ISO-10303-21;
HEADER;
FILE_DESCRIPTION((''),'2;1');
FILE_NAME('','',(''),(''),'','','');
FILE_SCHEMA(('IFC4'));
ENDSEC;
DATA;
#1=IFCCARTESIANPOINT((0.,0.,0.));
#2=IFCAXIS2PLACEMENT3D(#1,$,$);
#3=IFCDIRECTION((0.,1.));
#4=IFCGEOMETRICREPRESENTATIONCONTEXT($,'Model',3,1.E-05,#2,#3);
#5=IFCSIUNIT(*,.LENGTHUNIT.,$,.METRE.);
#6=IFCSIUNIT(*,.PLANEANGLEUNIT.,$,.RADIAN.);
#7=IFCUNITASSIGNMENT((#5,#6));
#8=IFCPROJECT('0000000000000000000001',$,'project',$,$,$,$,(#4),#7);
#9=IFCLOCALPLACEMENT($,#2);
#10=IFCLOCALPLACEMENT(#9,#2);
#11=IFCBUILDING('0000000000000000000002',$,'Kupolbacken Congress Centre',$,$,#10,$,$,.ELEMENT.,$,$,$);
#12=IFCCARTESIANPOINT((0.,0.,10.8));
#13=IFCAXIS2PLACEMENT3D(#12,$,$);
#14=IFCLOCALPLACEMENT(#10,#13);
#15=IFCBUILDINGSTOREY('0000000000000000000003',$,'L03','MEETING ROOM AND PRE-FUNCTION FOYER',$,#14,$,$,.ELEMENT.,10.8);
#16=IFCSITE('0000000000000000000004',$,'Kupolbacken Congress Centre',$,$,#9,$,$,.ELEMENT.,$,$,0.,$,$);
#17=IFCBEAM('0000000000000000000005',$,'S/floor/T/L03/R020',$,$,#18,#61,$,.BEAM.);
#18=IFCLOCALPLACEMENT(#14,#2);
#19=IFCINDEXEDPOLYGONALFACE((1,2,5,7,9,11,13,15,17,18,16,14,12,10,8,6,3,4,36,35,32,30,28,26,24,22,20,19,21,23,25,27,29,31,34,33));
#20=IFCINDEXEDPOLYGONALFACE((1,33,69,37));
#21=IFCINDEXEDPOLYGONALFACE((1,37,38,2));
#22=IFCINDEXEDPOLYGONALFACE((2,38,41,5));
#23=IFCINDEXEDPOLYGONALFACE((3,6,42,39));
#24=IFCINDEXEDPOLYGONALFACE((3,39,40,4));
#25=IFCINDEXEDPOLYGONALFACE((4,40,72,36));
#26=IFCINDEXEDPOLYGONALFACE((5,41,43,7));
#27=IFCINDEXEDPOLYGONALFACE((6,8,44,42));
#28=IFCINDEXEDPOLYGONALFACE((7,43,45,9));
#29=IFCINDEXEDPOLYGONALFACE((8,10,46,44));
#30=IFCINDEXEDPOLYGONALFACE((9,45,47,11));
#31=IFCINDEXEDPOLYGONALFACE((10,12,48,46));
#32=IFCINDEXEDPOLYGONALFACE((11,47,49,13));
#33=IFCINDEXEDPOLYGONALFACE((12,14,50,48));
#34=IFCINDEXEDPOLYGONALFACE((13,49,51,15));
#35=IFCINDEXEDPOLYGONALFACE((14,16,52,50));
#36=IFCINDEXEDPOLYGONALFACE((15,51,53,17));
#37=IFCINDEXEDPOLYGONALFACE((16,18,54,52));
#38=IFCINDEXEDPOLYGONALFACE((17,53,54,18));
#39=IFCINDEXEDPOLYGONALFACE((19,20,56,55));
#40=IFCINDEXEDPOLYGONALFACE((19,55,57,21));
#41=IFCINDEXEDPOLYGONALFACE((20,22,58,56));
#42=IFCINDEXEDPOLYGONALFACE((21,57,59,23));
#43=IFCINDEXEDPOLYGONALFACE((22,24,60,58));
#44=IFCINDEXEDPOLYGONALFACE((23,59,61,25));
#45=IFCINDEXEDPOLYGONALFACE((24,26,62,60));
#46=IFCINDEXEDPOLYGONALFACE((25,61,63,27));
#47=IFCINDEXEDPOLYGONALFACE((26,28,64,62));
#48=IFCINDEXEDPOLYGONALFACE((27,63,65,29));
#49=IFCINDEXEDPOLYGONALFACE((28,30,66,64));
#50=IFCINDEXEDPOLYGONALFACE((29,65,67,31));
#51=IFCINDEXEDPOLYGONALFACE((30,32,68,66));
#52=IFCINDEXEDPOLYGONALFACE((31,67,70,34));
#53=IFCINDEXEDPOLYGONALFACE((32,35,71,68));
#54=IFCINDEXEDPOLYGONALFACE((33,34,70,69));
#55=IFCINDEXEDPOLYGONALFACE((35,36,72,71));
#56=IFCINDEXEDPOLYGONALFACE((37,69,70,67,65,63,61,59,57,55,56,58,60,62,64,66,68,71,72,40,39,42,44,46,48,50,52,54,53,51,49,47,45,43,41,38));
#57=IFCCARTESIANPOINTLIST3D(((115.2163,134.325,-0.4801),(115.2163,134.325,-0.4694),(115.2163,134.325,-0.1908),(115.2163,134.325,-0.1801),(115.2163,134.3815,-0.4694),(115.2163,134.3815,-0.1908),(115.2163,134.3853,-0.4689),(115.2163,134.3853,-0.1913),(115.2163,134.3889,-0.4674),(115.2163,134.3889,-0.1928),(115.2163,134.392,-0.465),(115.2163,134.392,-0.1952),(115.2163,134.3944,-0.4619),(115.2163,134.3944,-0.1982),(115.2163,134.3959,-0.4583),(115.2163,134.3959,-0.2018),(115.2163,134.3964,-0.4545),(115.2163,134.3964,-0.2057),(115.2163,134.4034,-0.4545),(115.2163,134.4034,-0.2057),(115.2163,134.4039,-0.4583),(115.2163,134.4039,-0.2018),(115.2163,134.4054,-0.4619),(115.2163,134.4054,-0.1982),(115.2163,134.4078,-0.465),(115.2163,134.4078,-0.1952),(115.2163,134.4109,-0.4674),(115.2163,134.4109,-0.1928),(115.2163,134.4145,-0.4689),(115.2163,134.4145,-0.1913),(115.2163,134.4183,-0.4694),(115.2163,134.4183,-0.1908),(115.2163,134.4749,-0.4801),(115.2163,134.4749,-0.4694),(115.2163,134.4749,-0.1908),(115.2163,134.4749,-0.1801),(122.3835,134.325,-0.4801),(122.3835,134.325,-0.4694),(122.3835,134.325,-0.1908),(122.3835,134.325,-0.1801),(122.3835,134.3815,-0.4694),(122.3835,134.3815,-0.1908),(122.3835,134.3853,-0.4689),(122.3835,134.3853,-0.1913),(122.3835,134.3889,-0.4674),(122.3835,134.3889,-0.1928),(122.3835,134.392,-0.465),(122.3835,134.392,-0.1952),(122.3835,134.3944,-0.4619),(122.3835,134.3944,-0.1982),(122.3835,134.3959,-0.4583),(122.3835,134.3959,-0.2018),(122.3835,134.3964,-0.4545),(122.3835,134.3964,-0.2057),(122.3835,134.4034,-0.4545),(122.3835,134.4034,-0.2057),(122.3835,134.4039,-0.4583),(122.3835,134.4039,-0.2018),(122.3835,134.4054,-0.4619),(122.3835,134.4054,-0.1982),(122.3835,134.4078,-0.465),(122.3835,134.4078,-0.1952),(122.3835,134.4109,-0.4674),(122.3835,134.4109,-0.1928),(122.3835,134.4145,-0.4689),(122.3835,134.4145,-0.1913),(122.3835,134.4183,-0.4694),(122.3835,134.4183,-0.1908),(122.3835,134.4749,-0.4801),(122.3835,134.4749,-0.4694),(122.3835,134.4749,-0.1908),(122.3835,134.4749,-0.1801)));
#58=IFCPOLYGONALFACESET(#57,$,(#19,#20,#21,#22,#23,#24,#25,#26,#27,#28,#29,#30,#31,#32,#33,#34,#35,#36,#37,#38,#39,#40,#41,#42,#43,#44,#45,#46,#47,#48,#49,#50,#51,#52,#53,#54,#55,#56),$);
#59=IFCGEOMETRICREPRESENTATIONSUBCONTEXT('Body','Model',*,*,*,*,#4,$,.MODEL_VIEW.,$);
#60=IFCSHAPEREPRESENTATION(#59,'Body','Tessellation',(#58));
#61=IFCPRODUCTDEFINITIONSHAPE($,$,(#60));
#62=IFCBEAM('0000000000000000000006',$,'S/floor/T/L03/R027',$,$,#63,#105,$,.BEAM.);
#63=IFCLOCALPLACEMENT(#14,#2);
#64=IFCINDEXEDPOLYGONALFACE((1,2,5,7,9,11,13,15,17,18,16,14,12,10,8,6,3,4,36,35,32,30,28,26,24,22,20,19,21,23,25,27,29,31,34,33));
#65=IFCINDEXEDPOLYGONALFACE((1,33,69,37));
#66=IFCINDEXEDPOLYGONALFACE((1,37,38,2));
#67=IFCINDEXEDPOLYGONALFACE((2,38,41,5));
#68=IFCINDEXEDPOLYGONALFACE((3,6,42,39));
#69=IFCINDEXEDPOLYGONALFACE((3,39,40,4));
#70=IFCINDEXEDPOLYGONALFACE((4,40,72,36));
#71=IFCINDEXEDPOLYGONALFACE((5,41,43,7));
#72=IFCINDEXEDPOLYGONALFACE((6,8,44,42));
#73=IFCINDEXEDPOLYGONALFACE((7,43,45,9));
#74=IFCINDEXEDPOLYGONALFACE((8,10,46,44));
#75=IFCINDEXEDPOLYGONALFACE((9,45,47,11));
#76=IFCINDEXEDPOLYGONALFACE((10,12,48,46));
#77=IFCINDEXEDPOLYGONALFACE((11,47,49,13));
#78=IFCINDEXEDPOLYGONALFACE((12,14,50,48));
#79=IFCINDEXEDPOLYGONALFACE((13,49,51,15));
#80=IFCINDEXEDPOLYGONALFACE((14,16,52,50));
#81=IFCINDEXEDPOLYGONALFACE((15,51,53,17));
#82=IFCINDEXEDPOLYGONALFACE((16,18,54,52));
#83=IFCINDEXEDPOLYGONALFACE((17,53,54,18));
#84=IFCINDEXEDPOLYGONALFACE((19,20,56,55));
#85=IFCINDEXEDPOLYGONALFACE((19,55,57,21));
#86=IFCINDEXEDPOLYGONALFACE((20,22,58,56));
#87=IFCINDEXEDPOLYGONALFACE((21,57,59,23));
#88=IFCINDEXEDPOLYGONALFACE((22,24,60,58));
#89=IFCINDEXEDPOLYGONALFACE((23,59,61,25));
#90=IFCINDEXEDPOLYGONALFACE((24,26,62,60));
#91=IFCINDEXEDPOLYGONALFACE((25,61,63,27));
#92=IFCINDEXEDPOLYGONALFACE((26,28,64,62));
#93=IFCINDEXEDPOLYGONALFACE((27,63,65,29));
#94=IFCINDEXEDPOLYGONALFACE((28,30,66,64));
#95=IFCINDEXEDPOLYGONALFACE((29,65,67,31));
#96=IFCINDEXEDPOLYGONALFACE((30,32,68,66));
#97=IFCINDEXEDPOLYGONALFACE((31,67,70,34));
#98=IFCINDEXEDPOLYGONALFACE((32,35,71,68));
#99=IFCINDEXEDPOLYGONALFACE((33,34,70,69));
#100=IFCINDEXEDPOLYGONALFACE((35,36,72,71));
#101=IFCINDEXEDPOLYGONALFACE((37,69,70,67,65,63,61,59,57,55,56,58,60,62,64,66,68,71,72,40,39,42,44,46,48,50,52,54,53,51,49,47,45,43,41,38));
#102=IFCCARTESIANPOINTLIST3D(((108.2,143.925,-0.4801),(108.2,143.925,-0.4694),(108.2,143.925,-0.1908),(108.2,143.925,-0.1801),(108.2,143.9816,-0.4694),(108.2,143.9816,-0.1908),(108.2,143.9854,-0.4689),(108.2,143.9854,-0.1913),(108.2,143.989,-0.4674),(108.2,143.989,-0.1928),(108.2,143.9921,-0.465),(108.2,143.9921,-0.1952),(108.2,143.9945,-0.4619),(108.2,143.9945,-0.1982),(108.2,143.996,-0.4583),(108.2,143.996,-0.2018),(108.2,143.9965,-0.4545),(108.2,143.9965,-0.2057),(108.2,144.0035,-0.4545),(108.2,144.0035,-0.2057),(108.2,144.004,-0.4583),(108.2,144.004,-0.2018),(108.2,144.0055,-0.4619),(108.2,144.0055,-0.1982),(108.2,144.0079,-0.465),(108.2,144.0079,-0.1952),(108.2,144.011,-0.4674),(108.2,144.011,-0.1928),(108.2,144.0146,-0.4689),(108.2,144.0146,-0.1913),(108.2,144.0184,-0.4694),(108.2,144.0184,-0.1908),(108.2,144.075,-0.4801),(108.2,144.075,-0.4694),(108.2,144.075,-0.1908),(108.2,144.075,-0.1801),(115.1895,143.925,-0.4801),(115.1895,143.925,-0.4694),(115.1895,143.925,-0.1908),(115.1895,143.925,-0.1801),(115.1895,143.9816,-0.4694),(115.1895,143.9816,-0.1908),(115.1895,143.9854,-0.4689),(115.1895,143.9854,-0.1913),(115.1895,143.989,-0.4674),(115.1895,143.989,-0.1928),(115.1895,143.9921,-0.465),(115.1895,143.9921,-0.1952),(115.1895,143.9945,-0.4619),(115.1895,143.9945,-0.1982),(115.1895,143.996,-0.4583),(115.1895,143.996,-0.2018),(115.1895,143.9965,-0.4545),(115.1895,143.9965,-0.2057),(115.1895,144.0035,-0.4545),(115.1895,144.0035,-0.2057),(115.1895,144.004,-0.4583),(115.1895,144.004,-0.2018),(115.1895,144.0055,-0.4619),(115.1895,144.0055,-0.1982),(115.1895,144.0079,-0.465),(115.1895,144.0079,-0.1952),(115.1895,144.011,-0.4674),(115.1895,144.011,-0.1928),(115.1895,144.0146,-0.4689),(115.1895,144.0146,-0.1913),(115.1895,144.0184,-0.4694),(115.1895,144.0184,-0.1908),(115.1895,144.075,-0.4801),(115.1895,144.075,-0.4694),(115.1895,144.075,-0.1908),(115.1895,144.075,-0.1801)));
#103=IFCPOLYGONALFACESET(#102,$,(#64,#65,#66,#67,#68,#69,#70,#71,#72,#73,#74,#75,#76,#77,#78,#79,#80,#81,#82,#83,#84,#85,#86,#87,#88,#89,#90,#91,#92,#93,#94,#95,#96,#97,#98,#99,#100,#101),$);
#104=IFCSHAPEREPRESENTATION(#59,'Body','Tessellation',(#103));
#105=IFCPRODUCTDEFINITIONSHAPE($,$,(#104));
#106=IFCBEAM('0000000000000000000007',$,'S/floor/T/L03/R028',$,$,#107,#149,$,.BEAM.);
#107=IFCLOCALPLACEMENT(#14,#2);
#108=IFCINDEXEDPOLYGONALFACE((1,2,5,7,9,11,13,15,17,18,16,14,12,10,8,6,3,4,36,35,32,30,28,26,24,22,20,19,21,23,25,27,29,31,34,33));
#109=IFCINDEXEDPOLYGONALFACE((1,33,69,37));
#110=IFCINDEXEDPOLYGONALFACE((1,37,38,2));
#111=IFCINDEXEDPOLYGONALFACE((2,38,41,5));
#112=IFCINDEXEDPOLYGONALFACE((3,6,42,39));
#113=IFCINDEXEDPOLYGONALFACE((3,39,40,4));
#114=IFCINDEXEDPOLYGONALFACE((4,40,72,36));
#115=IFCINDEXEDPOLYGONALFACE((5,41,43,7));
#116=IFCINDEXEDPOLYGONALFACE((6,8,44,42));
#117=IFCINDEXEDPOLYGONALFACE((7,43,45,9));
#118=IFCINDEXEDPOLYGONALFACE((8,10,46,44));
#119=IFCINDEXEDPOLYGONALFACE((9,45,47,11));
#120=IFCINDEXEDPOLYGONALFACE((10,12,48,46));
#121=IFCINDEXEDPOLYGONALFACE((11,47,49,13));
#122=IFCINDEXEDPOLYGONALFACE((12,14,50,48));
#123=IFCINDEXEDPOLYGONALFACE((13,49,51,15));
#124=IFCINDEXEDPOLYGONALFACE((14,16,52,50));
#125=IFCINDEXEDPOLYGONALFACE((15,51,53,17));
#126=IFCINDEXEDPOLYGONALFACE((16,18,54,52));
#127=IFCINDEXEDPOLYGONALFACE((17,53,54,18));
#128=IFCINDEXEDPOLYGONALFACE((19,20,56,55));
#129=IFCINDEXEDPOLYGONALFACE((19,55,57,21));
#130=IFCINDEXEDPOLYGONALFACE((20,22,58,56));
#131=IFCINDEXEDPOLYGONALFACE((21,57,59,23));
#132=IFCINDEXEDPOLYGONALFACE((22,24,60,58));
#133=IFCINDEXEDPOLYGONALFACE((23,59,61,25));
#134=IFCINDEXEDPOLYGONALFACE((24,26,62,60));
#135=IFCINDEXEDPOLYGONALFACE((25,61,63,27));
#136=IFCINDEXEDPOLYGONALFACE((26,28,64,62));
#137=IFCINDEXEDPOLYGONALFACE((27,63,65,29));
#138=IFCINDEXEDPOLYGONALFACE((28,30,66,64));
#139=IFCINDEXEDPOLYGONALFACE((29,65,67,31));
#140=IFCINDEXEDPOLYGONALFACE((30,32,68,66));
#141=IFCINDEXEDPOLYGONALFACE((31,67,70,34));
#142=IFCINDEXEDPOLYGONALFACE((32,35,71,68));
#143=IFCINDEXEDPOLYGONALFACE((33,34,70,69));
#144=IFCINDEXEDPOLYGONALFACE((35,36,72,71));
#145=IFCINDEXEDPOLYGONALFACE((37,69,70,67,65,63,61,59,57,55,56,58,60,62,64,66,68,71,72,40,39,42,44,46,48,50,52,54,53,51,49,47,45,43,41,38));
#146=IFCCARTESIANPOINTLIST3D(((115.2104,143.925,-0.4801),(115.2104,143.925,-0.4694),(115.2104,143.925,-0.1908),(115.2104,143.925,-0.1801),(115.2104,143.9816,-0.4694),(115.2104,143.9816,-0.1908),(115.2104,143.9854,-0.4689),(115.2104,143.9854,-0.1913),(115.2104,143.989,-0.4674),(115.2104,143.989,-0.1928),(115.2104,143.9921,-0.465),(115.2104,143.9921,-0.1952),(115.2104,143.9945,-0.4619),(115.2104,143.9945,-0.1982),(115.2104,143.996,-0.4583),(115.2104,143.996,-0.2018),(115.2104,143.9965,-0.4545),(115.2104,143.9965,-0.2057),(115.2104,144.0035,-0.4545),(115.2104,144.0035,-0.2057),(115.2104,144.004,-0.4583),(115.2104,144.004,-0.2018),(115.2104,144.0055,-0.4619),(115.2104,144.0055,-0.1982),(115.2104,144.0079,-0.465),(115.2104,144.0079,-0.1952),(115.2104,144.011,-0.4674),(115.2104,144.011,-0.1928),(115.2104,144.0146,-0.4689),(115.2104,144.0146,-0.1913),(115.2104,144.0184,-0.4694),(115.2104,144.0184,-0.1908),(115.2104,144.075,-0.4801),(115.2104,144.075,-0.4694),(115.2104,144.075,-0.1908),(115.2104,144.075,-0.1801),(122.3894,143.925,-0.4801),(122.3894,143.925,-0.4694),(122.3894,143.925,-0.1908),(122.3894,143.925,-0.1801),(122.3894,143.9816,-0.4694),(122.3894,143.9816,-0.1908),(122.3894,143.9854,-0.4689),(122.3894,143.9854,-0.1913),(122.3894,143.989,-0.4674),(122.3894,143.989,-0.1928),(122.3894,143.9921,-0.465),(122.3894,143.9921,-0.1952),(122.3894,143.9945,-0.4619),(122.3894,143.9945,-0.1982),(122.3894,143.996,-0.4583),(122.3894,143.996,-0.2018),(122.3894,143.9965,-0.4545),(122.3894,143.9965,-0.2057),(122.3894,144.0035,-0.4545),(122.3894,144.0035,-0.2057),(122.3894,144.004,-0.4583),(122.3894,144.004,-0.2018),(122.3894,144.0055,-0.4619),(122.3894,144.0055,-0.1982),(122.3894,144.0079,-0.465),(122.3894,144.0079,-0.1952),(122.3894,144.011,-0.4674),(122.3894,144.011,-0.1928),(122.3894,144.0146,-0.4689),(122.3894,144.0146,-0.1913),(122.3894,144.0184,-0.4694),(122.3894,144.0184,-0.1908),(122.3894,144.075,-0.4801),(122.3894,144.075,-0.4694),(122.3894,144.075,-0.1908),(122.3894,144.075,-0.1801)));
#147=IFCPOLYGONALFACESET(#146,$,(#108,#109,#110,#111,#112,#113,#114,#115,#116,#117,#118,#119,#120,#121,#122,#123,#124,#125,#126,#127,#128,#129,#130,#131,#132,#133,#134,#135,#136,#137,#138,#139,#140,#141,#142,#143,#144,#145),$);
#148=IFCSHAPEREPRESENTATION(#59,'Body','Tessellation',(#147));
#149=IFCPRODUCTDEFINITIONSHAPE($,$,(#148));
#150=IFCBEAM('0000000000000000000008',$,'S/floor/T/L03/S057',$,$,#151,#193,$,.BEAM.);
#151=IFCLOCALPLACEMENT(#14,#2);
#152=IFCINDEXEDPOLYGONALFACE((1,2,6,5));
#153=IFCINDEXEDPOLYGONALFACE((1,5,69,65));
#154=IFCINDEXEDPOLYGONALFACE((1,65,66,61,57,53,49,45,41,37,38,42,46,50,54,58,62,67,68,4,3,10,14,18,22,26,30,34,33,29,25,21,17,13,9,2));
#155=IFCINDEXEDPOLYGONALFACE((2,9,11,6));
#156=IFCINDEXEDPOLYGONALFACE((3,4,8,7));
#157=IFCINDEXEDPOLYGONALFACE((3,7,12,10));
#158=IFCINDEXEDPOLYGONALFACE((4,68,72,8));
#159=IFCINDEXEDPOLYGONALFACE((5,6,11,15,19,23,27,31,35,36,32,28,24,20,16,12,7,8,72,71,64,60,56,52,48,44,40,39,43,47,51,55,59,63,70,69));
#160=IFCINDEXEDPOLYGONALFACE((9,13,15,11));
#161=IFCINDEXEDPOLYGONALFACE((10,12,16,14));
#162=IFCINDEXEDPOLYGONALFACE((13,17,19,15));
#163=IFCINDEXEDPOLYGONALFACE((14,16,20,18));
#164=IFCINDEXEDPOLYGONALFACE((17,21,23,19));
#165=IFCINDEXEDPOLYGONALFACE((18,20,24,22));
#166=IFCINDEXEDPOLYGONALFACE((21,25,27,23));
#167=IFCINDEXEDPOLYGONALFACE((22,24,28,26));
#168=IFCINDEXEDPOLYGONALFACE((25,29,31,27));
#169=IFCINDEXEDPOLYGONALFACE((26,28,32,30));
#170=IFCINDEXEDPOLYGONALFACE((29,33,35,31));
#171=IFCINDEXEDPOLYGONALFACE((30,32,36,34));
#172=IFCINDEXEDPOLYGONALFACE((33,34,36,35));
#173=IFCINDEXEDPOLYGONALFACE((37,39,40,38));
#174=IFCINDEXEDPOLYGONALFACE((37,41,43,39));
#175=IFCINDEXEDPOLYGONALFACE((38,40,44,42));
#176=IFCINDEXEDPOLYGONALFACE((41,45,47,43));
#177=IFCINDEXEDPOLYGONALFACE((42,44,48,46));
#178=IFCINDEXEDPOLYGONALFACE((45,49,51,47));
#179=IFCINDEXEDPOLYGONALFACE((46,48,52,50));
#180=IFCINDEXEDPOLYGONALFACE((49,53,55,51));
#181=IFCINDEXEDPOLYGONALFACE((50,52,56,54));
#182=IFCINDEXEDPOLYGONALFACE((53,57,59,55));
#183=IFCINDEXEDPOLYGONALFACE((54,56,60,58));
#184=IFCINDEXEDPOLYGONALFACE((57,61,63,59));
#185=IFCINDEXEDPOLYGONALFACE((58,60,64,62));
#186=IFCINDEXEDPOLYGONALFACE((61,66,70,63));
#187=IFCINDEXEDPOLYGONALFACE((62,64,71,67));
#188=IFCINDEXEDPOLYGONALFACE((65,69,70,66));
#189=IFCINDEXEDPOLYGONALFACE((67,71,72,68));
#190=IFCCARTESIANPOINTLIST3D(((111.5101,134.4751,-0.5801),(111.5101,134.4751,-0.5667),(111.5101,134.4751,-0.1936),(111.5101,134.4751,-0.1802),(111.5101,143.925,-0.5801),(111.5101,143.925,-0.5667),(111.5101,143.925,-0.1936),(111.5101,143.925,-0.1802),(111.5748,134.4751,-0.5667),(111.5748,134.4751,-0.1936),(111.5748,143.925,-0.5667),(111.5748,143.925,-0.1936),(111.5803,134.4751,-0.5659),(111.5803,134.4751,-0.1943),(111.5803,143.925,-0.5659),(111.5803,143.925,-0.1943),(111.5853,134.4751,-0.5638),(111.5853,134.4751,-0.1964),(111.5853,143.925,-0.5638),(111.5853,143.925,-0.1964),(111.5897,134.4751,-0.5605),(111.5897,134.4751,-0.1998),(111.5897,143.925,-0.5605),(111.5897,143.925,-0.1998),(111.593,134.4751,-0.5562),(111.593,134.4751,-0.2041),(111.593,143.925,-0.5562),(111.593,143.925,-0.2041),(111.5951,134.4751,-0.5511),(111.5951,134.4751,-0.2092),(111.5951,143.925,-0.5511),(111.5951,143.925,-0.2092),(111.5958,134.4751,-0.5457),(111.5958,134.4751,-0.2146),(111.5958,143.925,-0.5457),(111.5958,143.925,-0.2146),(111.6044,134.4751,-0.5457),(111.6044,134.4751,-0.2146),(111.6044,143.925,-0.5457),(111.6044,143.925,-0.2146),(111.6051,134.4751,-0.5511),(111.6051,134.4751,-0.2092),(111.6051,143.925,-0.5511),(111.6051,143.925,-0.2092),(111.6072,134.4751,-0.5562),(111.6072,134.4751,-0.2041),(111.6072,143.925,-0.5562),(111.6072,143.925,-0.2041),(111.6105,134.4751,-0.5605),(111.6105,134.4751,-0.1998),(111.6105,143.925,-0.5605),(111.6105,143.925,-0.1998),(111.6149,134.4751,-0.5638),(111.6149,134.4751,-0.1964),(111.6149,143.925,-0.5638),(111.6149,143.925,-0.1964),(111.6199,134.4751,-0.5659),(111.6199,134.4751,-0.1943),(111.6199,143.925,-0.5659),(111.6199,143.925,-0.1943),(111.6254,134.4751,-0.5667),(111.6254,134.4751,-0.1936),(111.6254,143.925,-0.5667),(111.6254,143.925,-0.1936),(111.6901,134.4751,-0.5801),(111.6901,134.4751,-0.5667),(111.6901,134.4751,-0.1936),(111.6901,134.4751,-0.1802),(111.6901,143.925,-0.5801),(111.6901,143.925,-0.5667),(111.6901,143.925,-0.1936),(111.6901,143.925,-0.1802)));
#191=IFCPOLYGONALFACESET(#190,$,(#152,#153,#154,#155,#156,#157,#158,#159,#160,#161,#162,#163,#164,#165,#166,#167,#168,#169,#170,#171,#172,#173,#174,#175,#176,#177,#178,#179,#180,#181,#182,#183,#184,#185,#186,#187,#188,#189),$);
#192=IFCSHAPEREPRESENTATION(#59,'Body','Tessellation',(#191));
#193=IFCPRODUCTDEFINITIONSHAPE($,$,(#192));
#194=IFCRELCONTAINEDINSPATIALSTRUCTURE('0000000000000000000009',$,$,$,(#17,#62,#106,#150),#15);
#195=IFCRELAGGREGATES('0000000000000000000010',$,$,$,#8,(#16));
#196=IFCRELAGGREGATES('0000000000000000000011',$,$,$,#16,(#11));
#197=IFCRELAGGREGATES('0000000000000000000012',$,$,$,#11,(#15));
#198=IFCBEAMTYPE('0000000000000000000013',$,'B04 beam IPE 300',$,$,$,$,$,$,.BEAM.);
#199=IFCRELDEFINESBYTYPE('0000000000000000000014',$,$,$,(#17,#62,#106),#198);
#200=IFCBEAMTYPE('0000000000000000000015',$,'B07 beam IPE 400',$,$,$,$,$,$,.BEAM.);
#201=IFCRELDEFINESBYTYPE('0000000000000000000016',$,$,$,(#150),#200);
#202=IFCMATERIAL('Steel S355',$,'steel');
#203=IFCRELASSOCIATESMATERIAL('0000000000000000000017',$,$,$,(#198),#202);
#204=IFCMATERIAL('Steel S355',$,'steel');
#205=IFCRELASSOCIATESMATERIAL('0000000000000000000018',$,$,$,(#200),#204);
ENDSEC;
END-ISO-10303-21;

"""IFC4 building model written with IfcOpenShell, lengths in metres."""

from ifc_helpers import new_model, si_unit, direction, frame, origin, origin_2d, place, context, subcontext, project, spatial, i_section, extrude, material, material_profile, profile_set, type_object, element, save


model = new_model("IFC4")

# Units and contexts
model_context = context("Model", 3, precision=1e-05, world=origin(), true_north=direction((0.0, 1.0)))
body_context = subcontext(model_context, "Body", "Model", "MODEL_VIEW")
ifc_project = project(units=[si_unit("LENGTHUNIT", "METRE"), si_unit("PLANEANGLEUNIT", "RADIAN")], contexts=[model_context])

# Site, building, storey
site_placement = place(None, origin())
site = spatial("IfcSite", under=ifc_project, at=site_placement, Name="Kupolbacken Congress Centre", CompositionType="ELEMENT", RefElevation=0.0)
building_placement = place(site_placement, origin())
building = spatial("IfcBuilding", under=site, at=building_placement, Name="Kupolbacken Congress Centre", CompositionType="ELEMENT")
storey_placement = place(building_placement, frame((0.0, 0.0, 10.8)))
storey = spatial("IfcBuildingStorey", under=building, at=storey_placement, Name="L03", Description="MEETING ROOM AND PRE-FUNCTION FOYER", CompositionType="ELEMENT", Elevation=10.8)

# Beams
ifc_material_1 = material(Name="Steel S355", Category="steel")
ifc_material_profile_1 = material_profile(ifc_material_1, i_section(OverallWidth=0.1499, OverallDepth=0.3, WebThickness=0.0071, FlangeThickness=0.0107, FilletRadius=0.0149, at=origin_2d()), Name="IPE 300")
ifc_profile_set_1 = profile_set([ifc_material_profile_1], Name="Steel S355")
beam_type_1 = type_object("IfcBeamType", Name="B04 beam IPE 300", PredefinedType="BEAM", material=ifc_profile_set_1)
beam_1_placement = place(storey_placement, frame((115.2163, 134.3999, -0.3301), z_axis=(1.0, 0.0, 0.0), x_axis=(0.0, 1.0, 0.0)))
element("IfcBeam", 1, at=beam_1_placement, inside=storey, type_object=beam_type_1, Name="S/floor/T/L03/R020", PredefinedType="BEAM", context=body_context, shape_type="SweptSolid", body=[
    extrude(i_section(OverallWidth=0.1499, OverallDepth=0.3, WebThickness=0.0071, FlangeThickness=0.0107, FilletRadius=0.0149, at=origin_2d()), origin(), (0.0, 0.0, 1.0), 7.1672),
])
beam_2_placement = place(storey_placement, frame((108.2, 144.0, -0.3301), z_axis=(1.0, 0.0, 0.0), x_axis=(0.0, 1.0, 0.0)))
element("IfcBeam", 2, at=beam_2_placement, inside=storey, type_object=beam_type_1, Name="S/floor/T/L03/R027", PredefinedType="BEAM", context=body_context, shape_type="SweptSolid", body=[
    extrude(i_section(OverallWidth=0.1499, OverallDepth=0.3, WebThickness=0.0071, FlangeThickness=0.0107, FilletRadius=0.0149, at=origin_2d()), origin(), (0.0, 0.0, 1.0), 6.9895),
])
beam_3_placement = place(storey_placement, frame((115.2104, 144.0, -0.3301), z_axis=(1.0, 0.0, 0.0), x_axis=(0.0, 1.0, 0.0)))
element("IfcBeam", 3, at=beam_3_placement, inside=storey, type_object=beam_type_1, Name="S/floor/T/L03/R028", PredefinedType="BEAM", context=body_context, shape_type="SweptSolid", body=[
    extrude(i_section(OverallWidth=0.1499, OverallDepth=0.3, WebThickness=0.0071, FlangeThickness=0.0107, FilletRadius=0.0149, at=origin_2d()), origin(), (0.0, 0.0, 1.0), 7.179),
])
ifc_material_2 = material(Name="Steel S355", Category="steel")
ifc_material_profile_2 = material_profile(ifc_material_2, i_section(OverallWidth=0.1799, OverallDepth=0.3999, WebThickness=0.0085, FlangeThickness=0.0134, FilletRadius=0.021, at=origin_2d()), Name="IPE 400")
ifc_profile_set_2 = profile_set([ifc_material_profile_2], Name="Steel S355")
beam_type_2 = type_object("IfcBeamType", Name="B07 beam IPE 400", PredefinedType="BEAM", material=ifc_profile_set_2)
beam_4_placement = place(storey_placement, frame((111.6001, 134.4751, -0.3801), z_axis=(0.0, 1.0, 0.0), x_axis=(-1.0, 0.0, 0.0)))
element("IfcBeam", 4, at=beam_4_placement, inside=storey, type_object=beam_type_2, Name="S/floor/T/L03/S057", PredefinedType="BEAM", context=body_context, shape_type="SweptSolid", body=[
    extrude(i_section(OverallWidth=0.1799, OverallDepth=0.3999, WebThickness=0.0085, FlangeThickness=0.0134, FilletRadius=0.021, at=origin_2d()), origin(), (0.0, 0.0, 1.0), 9.45),
])

save(model, "model.ifc")
